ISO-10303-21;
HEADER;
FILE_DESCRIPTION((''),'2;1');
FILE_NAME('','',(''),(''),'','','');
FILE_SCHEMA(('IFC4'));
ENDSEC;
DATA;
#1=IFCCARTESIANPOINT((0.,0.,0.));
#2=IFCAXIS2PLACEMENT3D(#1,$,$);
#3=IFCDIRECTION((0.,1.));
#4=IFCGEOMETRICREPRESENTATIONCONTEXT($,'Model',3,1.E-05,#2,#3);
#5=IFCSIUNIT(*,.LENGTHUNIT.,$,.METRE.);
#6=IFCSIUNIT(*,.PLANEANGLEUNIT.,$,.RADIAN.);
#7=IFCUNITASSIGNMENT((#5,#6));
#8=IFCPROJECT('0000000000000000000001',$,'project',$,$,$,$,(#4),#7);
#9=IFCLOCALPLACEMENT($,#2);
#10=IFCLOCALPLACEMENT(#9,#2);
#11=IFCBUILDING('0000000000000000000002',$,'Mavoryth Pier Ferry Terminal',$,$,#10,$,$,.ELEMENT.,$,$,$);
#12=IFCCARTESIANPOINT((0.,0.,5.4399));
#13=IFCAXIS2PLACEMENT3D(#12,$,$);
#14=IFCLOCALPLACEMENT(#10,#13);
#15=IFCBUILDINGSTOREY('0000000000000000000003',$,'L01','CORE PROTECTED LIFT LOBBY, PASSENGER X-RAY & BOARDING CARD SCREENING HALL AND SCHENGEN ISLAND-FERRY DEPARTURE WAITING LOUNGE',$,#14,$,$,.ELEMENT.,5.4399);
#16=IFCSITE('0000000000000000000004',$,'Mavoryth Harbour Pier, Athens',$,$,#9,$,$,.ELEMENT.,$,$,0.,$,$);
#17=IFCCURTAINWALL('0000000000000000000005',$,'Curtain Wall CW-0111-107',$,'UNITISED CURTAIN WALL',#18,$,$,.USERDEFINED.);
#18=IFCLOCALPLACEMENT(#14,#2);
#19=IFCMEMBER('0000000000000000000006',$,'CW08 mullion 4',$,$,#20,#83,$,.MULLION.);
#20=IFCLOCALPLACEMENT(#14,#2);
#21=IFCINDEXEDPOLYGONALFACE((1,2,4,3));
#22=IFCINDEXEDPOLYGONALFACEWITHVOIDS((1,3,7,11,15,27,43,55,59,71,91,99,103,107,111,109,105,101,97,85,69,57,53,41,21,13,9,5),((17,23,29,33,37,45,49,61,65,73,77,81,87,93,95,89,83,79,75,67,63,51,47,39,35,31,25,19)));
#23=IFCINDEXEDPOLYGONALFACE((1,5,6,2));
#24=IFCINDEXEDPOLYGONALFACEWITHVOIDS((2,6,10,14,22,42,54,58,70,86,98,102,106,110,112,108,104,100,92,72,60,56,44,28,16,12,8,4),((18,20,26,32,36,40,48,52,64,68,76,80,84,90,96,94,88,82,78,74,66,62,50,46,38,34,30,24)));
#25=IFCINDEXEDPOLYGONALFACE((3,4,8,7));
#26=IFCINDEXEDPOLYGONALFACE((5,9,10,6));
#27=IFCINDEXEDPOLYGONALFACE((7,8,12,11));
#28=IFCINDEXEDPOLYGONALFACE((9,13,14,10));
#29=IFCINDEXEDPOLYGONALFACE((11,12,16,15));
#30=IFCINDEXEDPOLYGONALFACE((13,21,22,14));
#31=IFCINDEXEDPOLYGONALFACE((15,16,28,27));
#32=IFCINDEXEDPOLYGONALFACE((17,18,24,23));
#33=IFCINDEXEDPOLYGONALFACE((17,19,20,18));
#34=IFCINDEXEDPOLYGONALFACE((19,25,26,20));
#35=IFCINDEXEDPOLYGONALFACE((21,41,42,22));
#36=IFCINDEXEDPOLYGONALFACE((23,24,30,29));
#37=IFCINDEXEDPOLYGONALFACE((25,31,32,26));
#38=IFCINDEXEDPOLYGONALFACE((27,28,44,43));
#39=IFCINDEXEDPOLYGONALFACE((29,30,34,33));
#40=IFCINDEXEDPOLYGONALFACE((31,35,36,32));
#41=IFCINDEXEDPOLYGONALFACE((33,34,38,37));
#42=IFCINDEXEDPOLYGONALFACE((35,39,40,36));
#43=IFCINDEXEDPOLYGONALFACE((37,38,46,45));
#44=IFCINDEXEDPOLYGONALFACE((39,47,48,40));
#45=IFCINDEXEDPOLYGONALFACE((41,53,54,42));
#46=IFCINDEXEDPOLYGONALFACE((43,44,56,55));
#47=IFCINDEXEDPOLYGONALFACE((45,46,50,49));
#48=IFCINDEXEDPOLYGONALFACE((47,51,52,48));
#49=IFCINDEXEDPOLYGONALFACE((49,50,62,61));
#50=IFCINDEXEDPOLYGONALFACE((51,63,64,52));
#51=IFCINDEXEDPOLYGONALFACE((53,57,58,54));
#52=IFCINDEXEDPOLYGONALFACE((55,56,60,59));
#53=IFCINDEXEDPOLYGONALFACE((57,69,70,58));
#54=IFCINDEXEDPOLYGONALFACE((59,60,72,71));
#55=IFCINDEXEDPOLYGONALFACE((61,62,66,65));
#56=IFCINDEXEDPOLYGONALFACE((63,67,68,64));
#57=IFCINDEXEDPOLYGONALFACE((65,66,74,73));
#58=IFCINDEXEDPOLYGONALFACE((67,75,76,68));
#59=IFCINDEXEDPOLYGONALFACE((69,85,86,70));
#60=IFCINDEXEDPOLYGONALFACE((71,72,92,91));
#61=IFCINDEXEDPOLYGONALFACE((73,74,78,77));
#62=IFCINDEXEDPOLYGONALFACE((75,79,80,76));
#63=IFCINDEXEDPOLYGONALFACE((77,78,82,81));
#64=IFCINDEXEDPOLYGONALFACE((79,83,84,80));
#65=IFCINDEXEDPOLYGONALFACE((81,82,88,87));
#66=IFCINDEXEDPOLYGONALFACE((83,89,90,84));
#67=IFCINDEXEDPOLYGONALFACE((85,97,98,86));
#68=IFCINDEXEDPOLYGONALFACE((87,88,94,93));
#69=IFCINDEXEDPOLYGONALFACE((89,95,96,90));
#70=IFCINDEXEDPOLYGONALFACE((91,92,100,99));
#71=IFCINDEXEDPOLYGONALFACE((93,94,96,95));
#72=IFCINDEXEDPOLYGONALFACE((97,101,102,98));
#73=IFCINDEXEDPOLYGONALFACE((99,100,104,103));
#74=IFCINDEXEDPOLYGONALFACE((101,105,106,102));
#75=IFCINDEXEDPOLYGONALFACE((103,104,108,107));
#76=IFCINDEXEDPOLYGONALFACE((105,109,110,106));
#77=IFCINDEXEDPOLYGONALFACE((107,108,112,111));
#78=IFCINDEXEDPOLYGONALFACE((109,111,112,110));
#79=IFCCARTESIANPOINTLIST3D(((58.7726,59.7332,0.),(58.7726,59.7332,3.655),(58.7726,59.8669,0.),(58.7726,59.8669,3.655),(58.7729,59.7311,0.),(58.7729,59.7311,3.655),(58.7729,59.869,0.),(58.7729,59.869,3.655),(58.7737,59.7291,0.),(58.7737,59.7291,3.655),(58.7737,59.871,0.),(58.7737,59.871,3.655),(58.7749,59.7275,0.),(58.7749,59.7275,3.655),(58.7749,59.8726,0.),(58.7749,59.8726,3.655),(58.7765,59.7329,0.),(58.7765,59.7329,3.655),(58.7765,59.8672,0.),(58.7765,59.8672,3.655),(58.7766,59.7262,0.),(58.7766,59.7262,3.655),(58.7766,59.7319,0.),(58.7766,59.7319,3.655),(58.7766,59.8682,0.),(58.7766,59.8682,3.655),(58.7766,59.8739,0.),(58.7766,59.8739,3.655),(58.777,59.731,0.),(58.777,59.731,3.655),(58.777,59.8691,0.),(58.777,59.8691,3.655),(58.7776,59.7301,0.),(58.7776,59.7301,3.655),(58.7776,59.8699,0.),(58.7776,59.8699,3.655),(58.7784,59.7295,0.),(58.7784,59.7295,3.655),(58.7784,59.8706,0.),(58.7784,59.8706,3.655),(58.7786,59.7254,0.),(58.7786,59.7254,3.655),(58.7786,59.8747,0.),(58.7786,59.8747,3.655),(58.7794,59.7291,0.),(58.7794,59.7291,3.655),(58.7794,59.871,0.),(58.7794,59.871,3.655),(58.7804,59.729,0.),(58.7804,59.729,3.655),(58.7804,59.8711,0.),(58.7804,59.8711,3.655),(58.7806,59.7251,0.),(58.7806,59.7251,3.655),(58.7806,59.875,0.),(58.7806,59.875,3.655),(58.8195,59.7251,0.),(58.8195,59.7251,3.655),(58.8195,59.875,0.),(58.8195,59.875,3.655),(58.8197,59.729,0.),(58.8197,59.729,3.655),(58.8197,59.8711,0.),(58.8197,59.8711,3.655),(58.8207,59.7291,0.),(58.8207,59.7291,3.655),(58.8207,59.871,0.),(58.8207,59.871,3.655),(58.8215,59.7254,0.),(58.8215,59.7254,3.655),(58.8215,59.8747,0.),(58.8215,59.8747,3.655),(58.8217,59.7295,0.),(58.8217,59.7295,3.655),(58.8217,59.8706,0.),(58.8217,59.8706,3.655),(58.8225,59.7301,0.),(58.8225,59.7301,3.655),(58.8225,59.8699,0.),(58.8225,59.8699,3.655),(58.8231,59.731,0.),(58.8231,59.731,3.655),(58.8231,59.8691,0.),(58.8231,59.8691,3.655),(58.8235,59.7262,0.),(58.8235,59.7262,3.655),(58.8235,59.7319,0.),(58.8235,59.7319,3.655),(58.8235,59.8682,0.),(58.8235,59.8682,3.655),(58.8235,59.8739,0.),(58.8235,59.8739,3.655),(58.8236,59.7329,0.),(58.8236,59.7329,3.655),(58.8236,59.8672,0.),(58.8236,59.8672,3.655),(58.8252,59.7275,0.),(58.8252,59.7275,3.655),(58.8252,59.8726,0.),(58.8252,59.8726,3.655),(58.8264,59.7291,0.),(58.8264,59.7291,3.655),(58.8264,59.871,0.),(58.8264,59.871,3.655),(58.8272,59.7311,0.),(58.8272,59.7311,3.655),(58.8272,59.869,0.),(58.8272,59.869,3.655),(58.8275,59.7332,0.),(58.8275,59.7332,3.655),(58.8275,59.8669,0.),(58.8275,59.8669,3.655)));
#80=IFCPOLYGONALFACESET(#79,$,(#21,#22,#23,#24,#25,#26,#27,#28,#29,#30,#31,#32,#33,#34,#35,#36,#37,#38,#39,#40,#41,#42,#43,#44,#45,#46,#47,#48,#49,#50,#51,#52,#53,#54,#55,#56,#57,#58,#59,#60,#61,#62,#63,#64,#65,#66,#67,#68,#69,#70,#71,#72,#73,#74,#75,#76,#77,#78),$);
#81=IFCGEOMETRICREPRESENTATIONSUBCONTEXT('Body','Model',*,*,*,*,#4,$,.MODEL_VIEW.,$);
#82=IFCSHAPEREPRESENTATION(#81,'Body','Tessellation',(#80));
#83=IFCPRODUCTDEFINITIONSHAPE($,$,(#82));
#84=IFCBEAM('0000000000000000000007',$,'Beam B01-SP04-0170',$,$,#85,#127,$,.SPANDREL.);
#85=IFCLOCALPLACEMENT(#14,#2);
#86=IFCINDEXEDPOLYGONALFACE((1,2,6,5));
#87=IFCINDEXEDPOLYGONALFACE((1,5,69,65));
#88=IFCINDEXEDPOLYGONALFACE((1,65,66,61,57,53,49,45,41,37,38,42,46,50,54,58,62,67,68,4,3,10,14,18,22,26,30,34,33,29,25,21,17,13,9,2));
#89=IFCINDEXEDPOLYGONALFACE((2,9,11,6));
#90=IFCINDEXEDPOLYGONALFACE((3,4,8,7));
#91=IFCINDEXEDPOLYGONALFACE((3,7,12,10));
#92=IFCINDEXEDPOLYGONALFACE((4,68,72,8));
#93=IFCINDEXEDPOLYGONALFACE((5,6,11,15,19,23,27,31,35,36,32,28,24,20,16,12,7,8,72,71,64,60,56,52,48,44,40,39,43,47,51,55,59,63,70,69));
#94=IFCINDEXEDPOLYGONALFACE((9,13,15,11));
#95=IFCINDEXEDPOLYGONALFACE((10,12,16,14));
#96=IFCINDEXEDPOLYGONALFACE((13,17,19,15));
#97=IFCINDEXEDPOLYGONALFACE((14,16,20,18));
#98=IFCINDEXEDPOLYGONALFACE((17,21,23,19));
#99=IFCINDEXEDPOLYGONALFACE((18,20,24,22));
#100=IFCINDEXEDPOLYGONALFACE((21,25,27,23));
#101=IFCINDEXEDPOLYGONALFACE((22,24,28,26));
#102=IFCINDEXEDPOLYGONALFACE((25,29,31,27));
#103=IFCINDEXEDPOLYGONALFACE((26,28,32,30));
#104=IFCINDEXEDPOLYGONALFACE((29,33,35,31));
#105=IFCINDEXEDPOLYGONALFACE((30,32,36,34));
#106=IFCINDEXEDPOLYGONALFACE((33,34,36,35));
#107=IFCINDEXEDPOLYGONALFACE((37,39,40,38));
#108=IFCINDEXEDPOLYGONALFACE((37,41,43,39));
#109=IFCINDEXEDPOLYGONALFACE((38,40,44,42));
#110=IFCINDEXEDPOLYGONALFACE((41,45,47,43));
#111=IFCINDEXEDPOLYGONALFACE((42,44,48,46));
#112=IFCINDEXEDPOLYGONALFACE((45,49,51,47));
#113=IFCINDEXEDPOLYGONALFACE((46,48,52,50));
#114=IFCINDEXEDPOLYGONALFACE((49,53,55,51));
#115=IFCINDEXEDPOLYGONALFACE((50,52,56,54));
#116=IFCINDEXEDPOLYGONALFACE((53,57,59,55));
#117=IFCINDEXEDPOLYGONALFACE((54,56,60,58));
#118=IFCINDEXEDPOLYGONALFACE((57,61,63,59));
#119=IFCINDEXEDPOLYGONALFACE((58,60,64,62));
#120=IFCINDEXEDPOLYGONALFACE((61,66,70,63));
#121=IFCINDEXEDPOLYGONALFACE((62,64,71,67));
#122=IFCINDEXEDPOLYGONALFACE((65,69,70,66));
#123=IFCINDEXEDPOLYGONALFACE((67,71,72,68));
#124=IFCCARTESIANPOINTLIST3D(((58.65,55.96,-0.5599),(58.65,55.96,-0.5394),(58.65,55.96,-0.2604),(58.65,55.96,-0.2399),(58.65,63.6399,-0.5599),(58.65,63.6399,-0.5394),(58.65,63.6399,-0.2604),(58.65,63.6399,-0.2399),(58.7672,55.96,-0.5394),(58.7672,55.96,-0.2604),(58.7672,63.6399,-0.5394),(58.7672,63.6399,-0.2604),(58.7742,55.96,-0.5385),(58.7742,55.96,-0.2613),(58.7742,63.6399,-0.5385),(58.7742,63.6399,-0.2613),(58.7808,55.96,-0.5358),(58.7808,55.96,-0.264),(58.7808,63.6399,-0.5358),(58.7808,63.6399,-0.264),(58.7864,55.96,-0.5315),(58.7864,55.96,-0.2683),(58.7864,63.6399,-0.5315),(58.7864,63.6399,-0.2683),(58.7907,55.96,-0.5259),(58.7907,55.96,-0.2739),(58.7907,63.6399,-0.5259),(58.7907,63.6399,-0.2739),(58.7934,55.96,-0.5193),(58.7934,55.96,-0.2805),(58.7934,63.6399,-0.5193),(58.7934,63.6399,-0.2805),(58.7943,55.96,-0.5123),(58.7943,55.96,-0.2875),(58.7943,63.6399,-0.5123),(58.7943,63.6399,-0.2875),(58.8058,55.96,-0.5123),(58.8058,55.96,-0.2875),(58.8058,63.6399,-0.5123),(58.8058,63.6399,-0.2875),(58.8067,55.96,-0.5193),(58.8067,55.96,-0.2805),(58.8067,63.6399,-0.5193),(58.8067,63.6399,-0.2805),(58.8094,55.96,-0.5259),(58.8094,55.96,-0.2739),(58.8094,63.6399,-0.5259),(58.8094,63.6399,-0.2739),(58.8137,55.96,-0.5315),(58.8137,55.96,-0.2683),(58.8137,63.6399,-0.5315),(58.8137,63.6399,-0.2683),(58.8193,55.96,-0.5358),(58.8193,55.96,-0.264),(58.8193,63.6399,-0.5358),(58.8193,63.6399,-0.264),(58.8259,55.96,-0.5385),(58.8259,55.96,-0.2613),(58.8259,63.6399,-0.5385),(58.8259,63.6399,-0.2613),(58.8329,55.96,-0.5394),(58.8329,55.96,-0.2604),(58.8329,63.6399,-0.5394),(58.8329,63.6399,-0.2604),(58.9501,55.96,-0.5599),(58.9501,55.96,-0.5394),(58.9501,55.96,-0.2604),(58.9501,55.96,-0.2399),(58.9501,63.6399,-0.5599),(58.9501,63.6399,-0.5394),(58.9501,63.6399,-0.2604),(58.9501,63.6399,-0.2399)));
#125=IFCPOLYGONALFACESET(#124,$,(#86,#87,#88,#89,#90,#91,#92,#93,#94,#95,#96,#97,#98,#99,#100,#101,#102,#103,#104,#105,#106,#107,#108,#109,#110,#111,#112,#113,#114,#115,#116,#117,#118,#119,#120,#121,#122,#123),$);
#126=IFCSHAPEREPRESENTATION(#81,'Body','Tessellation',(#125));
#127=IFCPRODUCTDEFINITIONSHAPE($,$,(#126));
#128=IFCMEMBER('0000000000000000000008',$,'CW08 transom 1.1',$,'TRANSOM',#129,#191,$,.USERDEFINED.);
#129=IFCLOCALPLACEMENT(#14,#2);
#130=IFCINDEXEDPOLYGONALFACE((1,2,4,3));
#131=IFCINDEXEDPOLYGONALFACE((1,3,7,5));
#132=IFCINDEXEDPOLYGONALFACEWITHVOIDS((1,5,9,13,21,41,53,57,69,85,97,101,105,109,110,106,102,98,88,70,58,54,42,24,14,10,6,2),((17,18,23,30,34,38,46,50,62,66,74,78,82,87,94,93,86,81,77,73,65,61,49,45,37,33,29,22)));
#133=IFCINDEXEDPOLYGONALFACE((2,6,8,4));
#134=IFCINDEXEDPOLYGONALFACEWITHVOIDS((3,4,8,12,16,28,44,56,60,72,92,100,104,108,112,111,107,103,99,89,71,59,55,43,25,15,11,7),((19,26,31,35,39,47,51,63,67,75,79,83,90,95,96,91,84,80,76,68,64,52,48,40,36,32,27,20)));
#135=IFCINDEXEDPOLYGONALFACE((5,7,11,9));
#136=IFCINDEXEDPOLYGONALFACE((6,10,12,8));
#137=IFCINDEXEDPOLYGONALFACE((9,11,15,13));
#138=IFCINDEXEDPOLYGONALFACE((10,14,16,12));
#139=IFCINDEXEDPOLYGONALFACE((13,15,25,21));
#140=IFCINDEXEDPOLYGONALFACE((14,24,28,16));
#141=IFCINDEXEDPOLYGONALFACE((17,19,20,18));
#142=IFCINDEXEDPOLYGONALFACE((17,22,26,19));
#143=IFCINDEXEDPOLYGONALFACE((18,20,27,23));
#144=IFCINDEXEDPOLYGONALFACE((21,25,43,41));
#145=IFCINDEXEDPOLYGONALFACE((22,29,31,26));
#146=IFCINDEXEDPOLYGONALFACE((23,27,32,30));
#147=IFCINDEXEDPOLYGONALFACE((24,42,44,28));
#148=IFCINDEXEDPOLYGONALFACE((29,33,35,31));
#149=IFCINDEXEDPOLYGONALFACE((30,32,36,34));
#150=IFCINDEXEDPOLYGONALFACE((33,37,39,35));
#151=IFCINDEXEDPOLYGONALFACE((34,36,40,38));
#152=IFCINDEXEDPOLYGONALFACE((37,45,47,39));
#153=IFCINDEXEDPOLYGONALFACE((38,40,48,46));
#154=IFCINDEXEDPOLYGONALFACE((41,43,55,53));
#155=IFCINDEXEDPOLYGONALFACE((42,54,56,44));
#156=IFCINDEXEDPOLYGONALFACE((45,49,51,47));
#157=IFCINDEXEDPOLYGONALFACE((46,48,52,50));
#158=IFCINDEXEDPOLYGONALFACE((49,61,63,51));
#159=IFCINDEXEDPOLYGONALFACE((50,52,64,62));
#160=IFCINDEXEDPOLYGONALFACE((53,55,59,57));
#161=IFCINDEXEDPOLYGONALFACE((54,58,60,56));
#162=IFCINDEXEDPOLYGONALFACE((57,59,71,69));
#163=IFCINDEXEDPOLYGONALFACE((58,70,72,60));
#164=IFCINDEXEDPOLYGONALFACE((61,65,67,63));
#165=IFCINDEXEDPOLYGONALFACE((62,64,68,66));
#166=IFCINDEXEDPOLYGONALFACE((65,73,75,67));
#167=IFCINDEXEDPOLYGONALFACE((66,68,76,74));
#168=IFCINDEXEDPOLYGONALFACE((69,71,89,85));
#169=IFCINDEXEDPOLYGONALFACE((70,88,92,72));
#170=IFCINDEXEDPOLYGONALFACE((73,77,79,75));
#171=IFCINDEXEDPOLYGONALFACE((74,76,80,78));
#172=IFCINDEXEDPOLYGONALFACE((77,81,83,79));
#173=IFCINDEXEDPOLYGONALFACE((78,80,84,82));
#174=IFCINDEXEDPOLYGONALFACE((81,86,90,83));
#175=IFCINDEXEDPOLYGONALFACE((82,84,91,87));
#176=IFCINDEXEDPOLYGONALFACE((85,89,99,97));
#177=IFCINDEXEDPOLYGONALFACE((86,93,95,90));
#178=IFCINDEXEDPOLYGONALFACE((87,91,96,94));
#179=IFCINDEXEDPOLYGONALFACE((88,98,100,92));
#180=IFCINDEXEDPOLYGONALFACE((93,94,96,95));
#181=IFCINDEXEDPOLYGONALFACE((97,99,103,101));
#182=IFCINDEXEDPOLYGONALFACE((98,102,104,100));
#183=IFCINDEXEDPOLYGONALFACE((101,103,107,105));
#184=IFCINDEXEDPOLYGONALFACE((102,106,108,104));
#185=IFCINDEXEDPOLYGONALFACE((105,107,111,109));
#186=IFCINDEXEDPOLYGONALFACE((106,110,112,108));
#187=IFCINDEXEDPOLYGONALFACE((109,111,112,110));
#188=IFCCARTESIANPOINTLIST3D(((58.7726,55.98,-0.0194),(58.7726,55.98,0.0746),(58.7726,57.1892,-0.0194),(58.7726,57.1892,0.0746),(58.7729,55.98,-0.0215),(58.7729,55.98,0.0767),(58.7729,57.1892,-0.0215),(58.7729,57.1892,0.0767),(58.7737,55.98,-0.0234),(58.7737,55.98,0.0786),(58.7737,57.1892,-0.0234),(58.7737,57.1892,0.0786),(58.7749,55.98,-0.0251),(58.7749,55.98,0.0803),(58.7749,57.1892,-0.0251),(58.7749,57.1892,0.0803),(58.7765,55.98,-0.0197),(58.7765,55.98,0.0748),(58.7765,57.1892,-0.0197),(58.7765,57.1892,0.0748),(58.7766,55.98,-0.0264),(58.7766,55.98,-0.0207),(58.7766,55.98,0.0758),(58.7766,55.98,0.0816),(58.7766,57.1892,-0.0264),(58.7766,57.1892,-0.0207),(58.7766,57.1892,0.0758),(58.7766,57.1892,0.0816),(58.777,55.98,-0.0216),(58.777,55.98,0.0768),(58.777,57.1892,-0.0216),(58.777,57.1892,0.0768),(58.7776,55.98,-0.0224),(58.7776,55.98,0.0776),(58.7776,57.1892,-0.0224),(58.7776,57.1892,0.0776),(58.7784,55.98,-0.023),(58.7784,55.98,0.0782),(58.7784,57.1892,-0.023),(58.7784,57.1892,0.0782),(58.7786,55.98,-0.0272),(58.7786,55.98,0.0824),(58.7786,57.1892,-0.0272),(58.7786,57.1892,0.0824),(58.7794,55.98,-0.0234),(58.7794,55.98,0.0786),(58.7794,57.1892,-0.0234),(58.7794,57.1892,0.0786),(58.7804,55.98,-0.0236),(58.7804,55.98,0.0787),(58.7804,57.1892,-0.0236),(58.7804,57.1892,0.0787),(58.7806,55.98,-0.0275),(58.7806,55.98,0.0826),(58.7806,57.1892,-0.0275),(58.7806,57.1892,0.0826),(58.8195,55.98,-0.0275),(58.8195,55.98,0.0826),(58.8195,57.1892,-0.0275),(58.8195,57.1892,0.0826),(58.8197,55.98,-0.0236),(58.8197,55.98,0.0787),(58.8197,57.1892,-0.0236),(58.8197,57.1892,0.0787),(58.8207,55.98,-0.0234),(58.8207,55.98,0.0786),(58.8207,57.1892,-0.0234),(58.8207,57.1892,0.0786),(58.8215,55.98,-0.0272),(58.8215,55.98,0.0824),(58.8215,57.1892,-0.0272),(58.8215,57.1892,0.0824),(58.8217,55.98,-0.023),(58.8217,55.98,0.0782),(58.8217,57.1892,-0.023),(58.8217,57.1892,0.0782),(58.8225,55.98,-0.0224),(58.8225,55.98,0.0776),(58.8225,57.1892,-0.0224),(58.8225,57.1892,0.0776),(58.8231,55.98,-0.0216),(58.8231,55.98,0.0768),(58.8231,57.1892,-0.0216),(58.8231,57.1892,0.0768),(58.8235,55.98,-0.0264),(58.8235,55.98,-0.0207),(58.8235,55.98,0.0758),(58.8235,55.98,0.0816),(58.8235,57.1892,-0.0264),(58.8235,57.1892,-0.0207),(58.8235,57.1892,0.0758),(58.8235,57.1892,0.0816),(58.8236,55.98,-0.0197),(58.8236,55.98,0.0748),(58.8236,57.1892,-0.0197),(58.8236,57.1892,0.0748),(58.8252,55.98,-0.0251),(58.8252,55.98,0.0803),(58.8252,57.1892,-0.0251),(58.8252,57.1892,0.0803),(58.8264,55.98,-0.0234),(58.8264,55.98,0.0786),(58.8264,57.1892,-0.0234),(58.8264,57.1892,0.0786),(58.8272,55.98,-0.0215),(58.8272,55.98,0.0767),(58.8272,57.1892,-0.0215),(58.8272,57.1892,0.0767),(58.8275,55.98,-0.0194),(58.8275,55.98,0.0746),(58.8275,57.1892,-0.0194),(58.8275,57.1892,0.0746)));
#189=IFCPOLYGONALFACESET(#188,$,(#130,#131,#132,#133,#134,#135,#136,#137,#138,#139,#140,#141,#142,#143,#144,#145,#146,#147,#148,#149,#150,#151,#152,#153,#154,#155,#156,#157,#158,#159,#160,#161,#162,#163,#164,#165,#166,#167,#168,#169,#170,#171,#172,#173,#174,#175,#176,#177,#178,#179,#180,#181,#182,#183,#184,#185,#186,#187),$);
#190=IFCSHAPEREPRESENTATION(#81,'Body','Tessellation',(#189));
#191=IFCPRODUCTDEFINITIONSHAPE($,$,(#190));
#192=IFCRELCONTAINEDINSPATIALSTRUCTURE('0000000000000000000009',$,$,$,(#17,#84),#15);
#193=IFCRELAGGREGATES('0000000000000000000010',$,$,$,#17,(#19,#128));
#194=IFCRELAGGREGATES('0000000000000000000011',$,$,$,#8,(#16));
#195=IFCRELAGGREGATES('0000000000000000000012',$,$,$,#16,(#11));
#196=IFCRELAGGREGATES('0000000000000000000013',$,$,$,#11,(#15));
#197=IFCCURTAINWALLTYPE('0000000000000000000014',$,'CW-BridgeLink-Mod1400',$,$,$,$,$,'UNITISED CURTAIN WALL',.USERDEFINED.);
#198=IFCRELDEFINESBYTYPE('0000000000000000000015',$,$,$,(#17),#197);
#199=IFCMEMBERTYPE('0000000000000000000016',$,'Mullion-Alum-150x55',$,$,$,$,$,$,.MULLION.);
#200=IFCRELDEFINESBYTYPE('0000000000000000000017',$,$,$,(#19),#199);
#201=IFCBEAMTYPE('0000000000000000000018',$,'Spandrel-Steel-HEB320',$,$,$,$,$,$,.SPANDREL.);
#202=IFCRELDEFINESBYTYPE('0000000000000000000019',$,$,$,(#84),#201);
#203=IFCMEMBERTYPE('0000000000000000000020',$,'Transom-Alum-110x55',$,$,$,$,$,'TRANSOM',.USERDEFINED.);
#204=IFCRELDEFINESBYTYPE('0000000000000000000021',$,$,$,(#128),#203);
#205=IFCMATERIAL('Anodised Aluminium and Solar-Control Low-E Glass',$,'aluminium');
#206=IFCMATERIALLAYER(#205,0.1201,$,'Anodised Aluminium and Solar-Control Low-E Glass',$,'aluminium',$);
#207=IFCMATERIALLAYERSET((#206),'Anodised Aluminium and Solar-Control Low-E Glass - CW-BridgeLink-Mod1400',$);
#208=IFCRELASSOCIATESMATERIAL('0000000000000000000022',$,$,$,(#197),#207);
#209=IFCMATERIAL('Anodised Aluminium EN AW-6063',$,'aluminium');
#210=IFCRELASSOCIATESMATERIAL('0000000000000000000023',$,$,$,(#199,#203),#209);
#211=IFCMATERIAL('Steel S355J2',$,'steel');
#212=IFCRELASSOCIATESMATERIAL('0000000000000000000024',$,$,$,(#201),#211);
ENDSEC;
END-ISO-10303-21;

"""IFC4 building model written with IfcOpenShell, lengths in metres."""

from ifc_helpers import new_model, si_unit, direction, frame, origin, origin_2d, place, context, subcontext, project, spatial, hollow_rectangle, i_section, extrude, material, layer, layer_set, material_profile, profile_set, type_object, element, aggregate, save


model = new_model("IFC4")

# Units and contexts
model_context = context("Model", 3, precision=1e-05, world=origin(), true_north=direction((0.0, 1.0)))
body_context = subcontext(model_context, "Body", "Model", "MODEL_VIEW")
ifc_project = project(units=[si_unit("LENGTHUNIT", "METRE"), si_unit("PLANEANGLEUNIT", "RADIAN")], contexts=[model_context])

# Site, building, storey
site_placement = place(None, origin())
site = spatial("IfcSite", under=ifc_project, at=site_placement, Name="Mavoryth Harbour Pier, Athens", CompositionType="ELEMENT", RefElevation=0.0)
building_placement = place(site_placement, origin())
building = spatial("IfcBuilding", under=site, at=building_placement, Name="Mavoryth Pier Ferry Terminal", CompositionType="ELEMENT")
storey_placement = place(building_placement, frame((0.0, 0.0, 5.4399)))
storey = spatial("IfcBuildingStorey", under=building, at=storey_placement, Name="L01", Description="CORE PROTECTED LIFT LOBBY, PASSENGER X-RAY & BOARDING CARD SCREENING HALL AND SCHENGEN ISLAND-FERRY DEPARTURE WAITING LOUNGE", CompositionType="ELEMENT", Elevation=5.4399)

# Shared definitions
ifc_material_1 = material(Name="Steel S355J2", Category="steel")

# Shared definitions
ifc_material_2 = material(Name="Anodised Aluminium and Solar-Control Low-E Glass", Category="aluminium")
ifc_layer_1 = layer(ifc_material_2, 0.1201, Name="Anodised Aluminium and Solar-Control Low-E Glass", Category="aluminium")
ifc_layer_set_1 = layer_set([ifc_layer_1], Name="Anodised Aluminium and Solar-Control Low-E Glass - CW-BridgeLink-Mod1400")
curtain_wall_type = type_object("IfcCurtainWallType", Name="CW-BridgeLink-Mod1400", ElementType="UNITISED CURTAIN WALL", PredefinedType="USERDEFINED", material=ifc_layer_set_1)
ifc_material_3 = material(Name="Anodised Aluminium EN AW-6063", Category="aluminium")
ifc_material_profile_1 = material_profile(ifc_material_3, hollow_rectangle(XDim=0.0549, YDim=0.1499, WallThickness=0.0039, InnerFilletRadius=0.0039, OuterFilletRadius=0.0081, at=origin_2d()), Name="AL-MULL 150x55x4", Category="aluminium")
ifc_profile_set_1 = profile_set([ifc_material_profile_1], Name="Anodised Aluminium EN AW-6063 - AL-MULL 150x55x4")
member_type_1 = type_object("IfcMemberType", Name="Mullion-Alum-150x55", PredefinedType="MULLION", material=ifc_profile_set_1)

# Curtain wall, member
curtain_wall_1_placement = place(storey_placement, origin())
curtain_wall_1 = element("IfcCurtainWall", 1, at=curtain_wall_1_placement, inside=storey, type_object=curtain_wall_type, Name="Curtain Wall CW-0111-107", ObjectType="UNITISED CURTAIN WALL", PredefinedType="USERDEFINED")
member_1_placement = place(storey_placement, frame((58.8, 59.8, 0.0), z_axis=(0.0, 0.0, 1.0), x_axis=(-1.0, 0.0, 0.0)))
member_1 = element("IfcMember", 2, at=member_1_placement, type_object=member_type_1, Name="CW08 mullion 4", PredefinedType="MULLION", context=body_context, shape_type="SweptSolid", body=[
    extrude(hollow_rectangle(XDim=0.0549, YDim=0.1499, WallThickness=0.0039, InnerFilletRadius=0.0039, OuterFilletRadius=0.0081, at=origin_2d()), origin(), (0.0, 0.0, 1.0), 3.655),
])

# Beam
ifc_material_profile_2 = material_profile(ifc_material_1, i_section(OverallWidth=0.3, OverallDepth=0.3201, WebThickness=0.0115, FlangeThickness=0.0205, FilletRadius=0.0271, at=origin_2d()), Name="HEB 320", Category="steel")
ifc_profile_set_2 = profile_set([ifc_material_profile_2], Name="Steel S355J2 - HEB 320")
beam_type_1 = type_object("IfcBeamType", Name="Spandrel-Steel-HEB320", PredefinedType="SPANDREL", material=ifc_profile_set_2)
beam_placement = place(storey_placement, frame((58.8, 55.96, -0.3999), z_axis=(0.0, 1.0, 0.0), x_axis=(-1.0, 0.0, 0.0)))
element("IfcBeam", 3, at=beam_placement, inside=storey, type_object=beam_type_1, Name="Beam B01-SP04-0170", PredefinedType="SPANDREL", context=body_context, shape_type="SweptSolid", body=[
    extrude(i_section(OverallWidth=0.3, OverallDepth=0.3201, WebThickness=0.0115, FlangeThickness=0.0205, FilletRadius=0.0271, at=origin_2d()), origin(), (0.0, 0.0, 1.0), 7.6799),
])

# Member
ifc_material_profile_3 = material_profile(ifc_material_3, hollow_rectangle(XDim=0.0549, YDim=0.1101, WallThickness=0.0039, InnerFilletRadius=0.0039, OuterFilletRadius=0.0081, at=origin_2d()), Name="AL-TRAN 110x55x4", Category="aluminium")
ifc_profile_set_3 = profile_set([ifc_material_profile_3], Name="Anodised Aluminium EN AW-6063 - AL-TRAN 110x55x4")
member_type_2 = type_object("IfcMemberType", Name="Transom-Alum-110x55", ElementType="TRANSOM", PredefinedType="USERDEFINED", material=ifc_profile_set_3)
member_2_placement = place(storey_placement, frame((58.8, 55.98, 0.0276), z_axis=(0.0, 1.0, 0.0), x_axis=(-1.0, 0.0, 0.0)))
member_2 = element("IfcMember", 4, at=member_2_placement, type_object=member_type_2, Name="CW08 transom 1.1", ObjectType="TRANSOM", PredefinedType="USERDEFINED", context=body_context, shape_type="SweptSolid", body=[
    extrude(hollow_rectangle(XDim=0.0549, YDim=0.1101, WallThickness=0.0039, InnerFilletRadius=0.0039, OuterFilletRadius=0.0081, at=origin_2d()), origin(), (0.0, 0.0, 1.0), 1.2092),
])

aggregate(curtain_wall_1, [member_1, member_2])

save(model, "model.ifc")
